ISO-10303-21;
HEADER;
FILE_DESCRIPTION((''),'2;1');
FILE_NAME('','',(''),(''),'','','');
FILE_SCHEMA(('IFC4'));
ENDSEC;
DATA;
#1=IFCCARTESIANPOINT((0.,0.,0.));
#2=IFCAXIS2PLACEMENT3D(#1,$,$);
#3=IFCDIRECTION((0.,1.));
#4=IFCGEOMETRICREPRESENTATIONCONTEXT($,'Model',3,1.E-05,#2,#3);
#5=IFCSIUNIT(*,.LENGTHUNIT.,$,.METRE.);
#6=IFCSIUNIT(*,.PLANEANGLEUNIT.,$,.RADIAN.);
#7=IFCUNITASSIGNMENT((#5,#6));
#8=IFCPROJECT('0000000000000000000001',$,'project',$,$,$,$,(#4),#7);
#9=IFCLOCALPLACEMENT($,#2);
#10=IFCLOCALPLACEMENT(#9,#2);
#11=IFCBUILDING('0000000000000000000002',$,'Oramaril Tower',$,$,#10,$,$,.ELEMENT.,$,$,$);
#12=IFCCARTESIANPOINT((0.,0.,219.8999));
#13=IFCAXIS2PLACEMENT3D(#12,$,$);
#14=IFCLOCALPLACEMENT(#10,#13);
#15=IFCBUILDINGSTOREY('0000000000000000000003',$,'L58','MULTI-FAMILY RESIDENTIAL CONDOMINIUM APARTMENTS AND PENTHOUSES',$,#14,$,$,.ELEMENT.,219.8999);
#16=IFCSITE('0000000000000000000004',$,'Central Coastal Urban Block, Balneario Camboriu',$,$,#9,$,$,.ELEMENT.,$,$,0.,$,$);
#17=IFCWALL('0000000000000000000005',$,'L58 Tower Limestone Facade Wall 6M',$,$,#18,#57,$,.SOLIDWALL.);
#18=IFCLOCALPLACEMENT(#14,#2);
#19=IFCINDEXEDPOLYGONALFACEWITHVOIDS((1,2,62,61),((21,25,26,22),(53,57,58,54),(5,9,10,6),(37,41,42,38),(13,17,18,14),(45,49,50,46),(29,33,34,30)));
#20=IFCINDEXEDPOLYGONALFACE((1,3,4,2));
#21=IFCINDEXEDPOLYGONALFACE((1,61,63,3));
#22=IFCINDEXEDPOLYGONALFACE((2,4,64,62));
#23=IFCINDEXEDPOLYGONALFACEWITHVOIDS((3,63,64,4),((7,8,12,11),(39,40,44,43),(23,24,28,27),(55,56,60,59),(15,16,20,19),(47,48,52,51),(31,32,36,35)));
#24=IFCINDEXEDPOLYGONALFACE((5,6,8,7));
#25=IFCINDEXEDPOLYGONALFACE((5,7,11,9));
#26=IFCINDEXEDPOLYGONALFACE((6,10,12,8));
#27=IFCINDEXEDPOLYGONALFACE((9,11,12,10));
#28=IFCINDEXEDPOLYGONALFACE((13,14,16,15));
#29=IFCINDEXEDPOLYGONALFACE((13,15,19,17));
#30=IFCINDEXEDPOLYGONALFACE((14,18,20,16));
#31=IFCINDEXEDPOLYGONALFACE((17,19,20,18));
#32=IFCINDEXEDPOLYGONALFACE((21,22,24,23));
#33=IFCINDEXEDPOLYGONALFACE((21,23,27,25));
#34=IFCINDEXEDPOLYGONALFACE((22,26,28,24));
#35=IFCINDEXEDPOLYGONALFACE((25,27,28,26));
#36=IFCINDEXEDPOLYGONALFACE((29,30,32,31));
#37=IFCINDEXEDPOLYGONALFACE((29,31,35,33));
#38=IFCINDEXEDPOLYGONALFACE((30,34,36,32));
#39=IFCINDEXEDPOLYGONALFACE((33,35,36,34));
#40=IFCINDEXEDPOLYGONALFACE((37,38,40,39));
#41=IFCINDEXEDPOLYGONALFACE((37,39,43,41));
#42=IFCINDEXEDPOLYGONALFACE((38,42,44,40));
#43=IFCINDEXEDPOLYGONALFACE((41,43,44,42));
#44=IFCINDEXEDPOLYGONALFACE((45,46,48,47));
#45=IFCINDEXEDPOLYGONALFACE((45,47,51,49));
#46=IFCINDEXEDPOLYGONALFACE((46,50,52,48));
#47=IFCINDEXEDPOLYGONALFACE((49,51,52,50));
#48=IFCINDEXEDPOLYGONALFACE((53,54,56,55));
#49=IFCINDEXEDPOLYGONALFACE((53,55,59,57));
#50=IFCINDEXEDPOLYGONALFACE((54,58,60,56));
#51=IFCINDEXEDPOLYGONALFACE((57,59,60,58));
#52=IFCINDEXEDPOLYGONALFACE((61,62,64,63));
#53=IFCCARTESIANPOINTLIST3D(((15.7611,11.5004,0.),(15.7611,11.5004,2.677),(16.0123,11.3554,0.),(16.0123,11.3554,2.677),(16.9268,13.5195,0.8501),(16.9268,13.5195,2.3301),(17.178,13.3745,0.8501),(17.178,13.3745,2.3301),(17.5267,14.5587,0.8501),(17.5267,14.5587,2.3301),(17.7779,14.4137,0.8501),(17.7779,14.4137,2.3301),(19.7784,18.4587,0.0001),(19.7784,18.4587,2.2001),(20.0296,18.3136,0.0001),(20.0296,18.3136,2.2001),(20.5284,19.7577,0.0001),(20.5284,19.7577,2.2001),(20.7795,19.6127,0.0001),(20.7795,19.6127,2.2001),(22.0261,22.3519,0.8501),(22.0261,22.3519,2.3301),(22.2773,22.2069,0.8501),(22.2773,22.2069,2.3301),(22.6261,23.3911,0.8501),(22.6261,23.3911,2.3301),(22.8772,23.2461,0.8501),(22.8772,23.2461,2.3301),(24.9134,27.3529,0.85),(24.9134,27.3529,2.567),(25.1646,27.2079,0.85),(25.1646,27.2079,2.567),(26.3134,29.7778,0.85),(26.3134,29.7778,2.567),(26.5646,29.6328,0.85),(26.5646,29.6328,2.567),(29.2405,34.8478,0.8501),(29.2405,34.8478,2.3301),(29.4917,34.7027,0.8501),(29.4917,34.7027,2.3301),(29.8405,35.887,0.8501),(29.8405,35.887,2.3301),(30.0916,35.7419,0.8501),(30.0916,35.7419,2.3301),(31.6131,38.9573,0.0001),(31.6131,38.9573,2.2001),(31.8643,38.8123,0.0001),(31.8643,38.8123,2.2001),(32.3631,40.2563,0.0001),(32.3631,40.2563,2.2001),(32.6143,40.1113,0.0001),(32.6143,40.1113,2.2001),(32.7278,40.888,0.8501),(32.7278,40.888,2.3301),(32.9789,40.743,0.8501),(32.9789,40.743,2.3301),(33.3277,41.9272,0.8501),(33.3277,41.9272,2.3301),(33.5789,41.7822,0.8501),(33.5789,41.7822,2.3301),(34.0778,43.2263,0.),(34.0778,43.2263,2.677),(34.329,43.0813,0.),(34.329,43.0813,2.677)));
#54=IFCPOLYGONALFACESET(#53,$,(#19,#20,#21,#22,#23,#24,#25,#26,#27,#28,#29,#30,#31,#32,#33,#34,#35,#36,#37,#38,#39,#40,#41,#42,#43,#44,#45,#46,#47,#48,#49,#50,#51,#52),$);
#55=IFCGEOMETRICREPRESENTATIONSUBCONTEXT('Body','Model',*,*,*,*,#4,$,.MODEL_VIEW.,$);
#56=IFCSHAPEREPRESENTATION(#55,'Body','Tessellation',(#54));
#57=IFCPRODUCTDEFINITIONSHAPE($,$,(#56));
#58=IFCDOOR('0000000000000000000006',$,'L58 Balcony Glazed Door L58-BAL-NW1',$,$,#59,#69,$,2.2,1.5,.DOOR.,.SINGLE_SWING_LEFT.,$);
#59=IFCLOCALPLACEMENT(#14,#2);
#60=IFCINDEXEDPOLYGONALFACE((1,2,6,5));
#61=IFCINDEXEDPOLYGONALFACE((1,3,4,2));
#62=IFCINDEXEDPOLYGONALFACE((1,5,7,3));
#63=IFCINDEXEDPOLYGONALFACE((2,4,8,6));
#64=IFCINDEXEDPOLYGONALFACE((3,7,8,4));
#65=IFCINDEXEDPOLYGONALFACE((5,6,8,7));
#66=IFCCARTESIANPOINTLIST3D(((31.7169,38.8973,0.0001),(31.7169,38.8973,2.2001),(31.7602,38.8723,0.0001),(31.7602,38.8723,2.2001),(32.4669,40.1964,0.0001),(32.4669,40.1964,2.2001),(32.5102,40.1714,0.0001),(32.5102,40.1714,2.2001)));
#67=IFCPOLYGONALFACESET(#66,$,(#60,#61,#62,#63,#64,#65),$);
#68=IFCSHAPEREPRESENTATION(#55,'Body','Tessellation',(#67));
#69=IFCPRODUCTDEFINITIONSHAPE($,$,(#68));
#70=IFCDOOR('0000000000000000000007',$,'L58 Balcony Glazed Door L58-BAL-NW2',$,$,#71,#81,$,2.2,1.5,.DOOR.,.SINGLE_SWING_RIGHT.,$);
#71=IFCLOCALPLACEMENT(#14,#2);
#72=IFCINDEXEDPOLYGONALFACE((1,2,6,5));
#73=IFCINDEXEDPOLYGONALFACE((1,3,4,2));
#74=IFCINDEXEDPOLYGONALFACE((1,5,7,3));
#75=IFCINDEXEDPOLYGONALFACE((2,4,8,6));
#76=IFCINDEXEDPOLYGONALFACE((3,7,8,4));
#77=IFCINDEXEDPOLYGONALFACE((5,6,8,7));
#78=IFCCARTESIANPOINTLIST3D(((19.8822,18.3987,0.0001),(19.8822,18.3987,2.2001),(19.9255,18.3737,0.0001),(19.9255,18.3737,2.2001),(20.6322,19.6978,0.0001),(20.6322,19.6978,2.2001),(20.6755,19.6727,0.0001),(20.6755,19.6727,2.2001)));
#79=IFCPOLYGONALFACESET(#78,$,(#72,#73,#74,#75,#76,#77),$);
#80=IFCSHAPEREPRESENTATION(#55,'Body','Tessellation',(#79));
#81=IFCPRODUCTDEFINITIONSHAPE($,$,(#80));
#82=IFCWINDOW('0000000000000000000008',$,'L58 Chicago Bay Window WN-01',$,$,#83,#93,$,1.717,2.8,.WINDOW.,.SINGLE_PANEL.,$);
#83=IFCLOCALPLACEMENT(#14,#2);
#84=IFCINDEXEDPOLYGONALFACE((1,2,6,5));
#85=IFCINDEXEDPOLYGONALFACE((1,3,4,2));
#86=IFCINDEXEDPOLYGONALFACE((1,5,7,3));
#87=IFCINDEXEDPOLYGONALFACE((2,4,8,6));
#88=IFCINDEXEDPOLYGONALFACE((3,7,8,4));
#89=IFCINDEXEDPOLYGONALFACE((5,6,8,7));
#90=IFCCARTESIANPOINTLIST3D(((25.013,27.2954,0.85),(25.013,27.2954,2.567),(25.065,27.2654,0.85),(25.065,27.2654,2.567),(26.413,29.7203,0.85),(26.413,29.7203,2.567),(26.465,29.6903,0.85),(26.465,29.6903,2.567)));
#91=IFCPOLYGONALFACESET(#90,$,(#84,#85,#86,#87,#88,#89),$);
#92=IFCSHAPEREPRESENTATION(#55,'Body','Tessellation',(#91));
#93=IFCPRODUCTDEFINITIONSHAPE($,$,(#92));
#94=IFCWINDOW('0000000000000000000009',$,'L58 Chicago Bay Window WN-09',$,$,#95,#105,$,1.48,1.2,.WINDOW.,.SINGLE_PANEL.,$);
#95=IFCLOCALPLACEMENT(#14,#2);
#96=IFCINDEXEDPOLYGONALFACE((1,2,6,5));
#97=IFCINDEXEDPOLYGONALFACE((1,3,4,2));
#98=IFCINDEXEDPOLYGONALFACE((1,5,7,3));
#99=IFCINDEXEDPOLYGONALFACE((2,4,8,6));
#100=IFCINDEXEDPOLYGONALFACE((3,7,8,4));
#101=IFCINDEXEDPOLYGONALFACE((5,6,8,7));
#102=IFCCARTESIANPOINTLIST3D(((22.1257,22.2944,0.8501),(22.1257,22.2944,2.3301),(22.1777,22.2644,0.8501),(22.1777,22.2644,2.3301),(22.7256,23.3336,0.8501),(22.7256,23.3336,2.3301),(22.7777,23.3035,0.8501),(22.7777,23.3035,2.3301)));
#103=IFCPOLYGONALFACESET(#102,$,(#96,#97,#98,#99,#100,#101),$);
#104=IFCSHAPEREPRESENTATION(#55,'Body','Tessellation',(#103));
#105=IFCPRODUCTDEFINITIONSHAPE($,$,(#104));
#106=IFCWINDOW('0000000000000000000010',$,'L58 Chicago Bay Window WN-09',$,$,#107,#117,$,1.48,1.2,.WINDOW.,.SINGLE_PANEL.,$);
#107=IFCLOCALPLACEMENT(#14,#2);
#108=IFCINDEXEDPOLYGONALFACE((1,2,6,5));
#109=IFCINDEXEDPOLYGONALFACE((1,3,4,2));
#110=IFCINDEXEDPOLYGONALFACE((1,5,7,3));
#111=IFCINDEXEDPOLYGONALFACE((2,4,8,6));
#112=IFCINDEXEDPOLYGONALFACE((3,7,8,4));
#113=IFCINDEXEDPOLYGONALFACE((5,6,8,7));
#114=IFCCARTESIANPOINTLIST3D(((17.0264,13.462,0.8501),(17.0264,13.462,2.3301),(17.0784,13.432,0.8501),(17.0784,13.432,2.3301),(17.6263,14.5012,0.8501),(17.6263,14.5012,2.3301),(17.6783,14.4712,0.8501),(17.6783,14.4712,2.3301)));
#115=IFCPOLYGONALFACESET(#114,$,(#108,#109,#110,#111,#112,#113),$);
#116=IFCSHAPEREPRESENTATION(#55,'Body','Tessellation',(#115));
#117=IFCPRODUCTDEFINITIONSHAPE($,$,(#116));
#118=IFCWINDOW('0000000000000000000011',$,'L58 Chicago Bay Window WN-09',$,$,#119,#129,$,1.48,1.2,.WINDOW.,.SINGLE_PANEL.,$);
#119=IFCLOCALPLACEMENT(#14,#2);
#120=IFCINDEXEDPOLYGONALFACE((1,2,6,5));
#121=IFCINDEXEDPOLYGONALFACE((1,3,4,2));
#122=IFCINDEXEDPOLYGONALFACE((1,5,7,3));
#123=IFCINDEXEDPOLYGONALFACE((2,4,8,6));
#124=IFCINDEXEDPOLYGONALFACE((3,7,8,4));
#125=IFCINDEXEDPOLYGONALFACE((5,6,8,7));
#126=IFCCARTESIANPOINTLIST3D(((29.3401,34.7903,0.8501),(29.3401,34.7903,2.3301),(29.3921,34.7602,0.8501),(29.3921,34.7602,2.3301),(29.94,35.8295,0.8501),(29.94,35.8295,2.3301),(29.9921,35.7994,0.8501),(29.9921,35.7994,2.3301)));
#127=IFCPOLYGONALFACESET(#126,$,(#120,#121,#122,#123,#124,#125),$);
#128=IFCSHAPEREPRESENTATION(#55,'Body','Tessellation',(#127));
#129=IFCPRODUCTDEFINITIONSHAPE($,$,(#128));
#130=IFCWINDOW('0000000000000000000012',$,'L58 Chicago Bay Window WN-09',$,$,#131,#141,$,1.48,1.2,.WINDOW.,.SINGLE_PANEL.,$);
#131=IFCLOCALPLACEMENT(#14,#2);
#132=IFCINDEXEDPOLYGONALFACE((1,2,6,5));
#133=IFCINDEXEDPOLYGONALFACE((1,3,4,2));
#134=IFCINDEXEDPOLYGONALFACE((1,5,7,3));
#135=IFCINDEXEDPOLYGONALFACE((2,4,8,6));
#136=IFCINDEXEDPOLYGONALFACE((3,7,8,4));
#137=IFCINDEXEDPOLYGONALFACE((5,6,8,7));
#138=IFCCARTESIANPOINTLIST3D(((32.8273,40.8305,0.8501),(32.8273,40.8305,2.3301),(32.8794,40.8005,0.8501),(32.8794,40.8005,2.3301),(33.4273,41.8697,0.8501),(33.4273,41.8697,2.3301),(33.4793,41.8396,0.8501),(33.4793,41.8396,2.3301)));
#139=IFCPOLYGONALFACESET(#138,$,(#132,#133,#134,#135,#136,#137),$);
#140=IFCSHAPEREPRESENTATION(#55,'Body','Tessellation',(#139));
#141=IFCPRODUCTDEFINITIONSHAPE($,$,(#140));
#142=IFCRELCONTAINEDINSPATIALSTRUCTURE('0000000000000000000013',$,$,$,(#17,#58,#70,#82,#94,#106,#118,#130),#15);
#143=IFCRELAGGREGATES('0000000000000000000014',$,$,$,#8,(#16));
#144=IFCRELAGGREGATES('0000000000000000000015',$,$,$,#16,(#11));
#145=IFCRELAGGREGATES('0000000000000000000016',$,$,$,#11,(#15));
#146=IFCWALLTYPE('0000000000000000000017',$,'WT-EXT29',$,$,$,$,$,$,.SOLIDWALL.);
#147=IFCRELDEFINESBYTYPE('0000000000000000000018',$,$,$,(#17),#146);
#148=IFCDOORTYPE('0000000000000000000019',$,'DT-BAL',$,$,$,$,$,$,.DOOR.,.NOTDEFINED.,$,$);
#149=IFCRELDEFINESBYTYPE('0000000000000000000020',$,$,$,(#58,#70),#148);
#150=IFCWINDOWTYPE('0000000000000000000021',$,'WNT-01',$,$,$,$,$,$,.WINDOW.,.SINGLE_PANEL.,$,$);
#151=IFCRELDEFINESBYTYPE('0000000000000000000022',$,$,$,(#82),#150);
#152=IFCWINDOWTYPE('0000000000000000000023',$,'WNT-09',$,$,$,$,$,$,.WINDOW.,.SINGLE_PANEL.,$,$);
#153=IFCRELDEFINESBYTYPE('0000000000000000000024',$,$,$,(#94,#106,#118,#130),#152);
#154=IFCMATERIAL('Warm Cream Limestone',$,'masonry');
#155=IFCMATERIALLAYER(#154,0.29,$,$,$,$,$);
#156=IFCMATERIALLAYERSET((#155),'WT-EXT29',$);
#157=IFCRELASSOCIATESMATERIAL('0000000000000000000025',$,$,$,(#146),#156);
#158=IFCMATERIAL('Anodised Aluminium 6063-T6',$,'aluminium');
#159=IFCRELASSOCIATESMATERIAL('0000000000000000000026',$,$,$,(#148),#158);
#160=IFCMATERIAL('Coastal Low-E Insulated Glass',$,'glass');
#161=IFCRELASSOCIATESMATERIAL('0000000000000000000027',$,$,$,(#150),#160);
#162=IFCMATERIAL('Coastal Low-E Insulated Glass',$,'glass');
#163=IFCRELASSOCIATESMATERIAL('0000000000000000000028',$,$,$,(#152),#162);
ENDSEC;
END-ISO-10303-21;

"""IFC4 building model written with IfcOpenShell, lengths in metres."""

from ifc_helpers import new_model, si_unit, direction, frame, frame_2d, origin, place, context, subcontext, project, spatial, rectangle, extrude, material, layer, layer_set, type_object, element, fill, save


model = new_model("IFC4")

# Units and contexts
model_context = context("Model", 3, precision=1e-05, world=origin(), true_north=direction((0.0, 1.0)))
body_context = subcontext(model_context, "Body", "Model", "MODEL_VIEW")
ifc_project = project(units=[si_unit("LENGTHUNIT", "METRE"), si_unit("PLANEANGLEUNIT", "RADIAN")], contexts=[model_context])

# Site, building, storey
site_placement = place(None, origin())
site = spatial("IfcSite", under=ifc_project, at=site_placement, Name="Central Coastal Urban Block, Balneario Camboriu", CompositionType="ELEMENT", RefElevation=0.0)
building_placement = place(site_placement, origin())
building = spatial("IfcBuilding", under=site, at=building_placement, Name="Oramaril Tower", CompositionType="ELEMENT")
storey_placement = place(building_placement, frame((0.0, 0.0, 219.8999)))
storey = spatial("IfcBuildingStorey", under=building, at=storey_placement, Name="L58", Description="MULTI-FAMILY RESIDENTIAL CONDOMINIUM APARTMENTS AND PENTHOUSES", CompositionType="ELEMENT", Elevation=219.8999)

# Shared definitions
ifc_material_1 = material(Name="Warm Cream Limestone", Category="masonry")
ifc_layer_1 = layer(ifc_material_1, 0.29)
ifc_layer_set_1 = layer_set([ifc_layer_1], Name="WT-EXT29")
wall_type_1 = type_object("IfcWallType", Name="WT-EXT29", PredefinedType="SOLIDWALL", material=ifc_layer_set_1)

# Wall, openings, doors, windows
wall_1_placement = place(storey_placement, frame((34.2034, 43.1538, 0.0), z_axis=(0.0, 0.0, 1.0), x_axis=(-0.499995, -0.866029, 0.0)))
wall_1 = element("IfcWall", 1, at=wall_1_placement, inside=storey, type_object=wall_type_1, Name="L58 Tower Limestone Facade Wall 6M", PredefinedType="SOLIDWALL", context=body_context, shape_type="SweptSolid", body=[
    extrude(rectangle(XDim=36.6338, YDim=0.29, at=frame_2d((18.3169, 0.0))), origin(), (0.0, 0.0, 1.0), 2.677),
])
opening_1_placement = place(wall_1_placement, frame((3.4294, 0.0, 0.0)))
opening_1 = element("IfcOpeningElement", 2, at=opening_1_placement, cuts=wall_1, PredefinedType="OPENING", context=body_context, shape_type="SweptSolid", body=[
    extrude(rectangle(XDim=1.5, YDim=2.2, at=frame_2d((0.75, 1.1001))), frame((0.0, 0.145, 0.0), z_axis=(0.0, -1.0, 0.0), x_axis=(1.0, 0.0, 0.0)), (0.0, 0.0, 1.0), 0.29),
])
opening_2_placement = place(wall_1_placement, frame((27.0991, 0.0, 0.0)))
opening_2 = element("IfcOpeningElement", 3, at=opening_2_placement, cuts=wall_1, PredefinedType="OPENING", context=body_context, shape_type="SweptSolid", body=[
    extrude(rectangle(XDim=1.5, YDim=2.2, at=frame_2d((0.75, 1.1001))), frame((0.0, 0.145, 0.0), z_axis=(0.0, -1.0, 0.0), x_axis=(1.0, 0.0, 0.0)), (0.0, 0.0, 1.0), 0.29),
])
opening_3_placement = place(wall_1_placement, frame((22.9036, 0.0, 0.8501)))
opening_3 = element("IfcOpeningElement", 4, at=opening_3_placement, cuts=wall_1, PredefinedType="OPENING", context=body_context, shape_type="SweptSolid", body=[
    extrude(rectangle(XDim=1.2, YDim=1.48, at=frame_2d((0.6001, 0.74))), frame((0.0, 0.145, 0.0), z_axis=(0.0, -1.0, 0.0), x_axis=(1.0, 0.0, 0.0)), (0.0, 0.0, 1.0), 0.29),
])
opening_4_placement = place(wall_1_placement, frame((33.1023, 0.0, 0.8501)))
opening_4 = element("IfcOpeningElement", 5, at=opening_4_placement, cuts=wall_1, PredefinedType="OPENING", context=body_context, shape_type="SweptSolid", body=[
    extrude(rectangle(XDim=1.2, YDim=1.48, at=frame_2d((0.6001, 0.74))), frame((0.0, 0.145, 0.0), z_axis=(0.0, -1.0, 0.0), x_axis=(1.0, 0.0, 0.0)), (0.0, 0.0, 1.0), 0.29),
])
opening_5_placement = place(wall_1_placement, frame((8.4746, 0.0, 0.8501)))
opening_5 = element("IfcOpeningElement", 6, at=opening_5_placement, cuts=wall_1, PredefinedType="OPENING", context=body_context, shape_type="SweptSolid", body=[
    extrude(rectangle(XDim=1.2, YDim=1.48, at=frame_2d((0.6001, 0.74))), frame((0.0, 0.145, 0.0), z_axis=(0.0, -1.0, 0.0), x_axis=(1.0, 0.0, 0.0)), (0.0, 0.0, 1.0), 0.29),
])
opening_6_placement = place(wall_1_placement, frame((15.5291, 0.0, 0.8501)))
opening_6 = element("IfcOpeningElement", 7, at=opening_6_placement, cuts=wall_1, PredefinedType="OPENING", context=body_context, shape_type="SweptSolid", body=[
    extrude(rectangle(XDim=2.8, YDim=1.717, at=frame_2d((1.3999, 0.8584))), frame((0.0, 0.145, 0.0), z_axis=(0.0, -1.0, 0.0), x_axis=(1.0, 0.0, 0.0)), (0.0, 0.0, 1.0), 0.29),
])
opening_7_placement = place(wall_1_placement, frame((1.5, 0.0, 0.8501)))
opening_7 = element("IfcOpeningElement", 8, at=opening_7_placement, cuts=wall_1, PredefinedType="OPENING", context=body_context, shape_type="SweptSolid", body=[
    extrude(rectangle(XDim=1.2, YDim=1.48, at=frame_2d((0.6001, 0.74))), frame((0.0, 0.145, 0.0), z_axis=(0.0, -1.0, 0.0), x_axis=(1.0, 0.0, 0.0)), (0.0, 0.0, 1.0), 0.29),
])
ifc_material_2 = material(Name="Anodised Aluminium 6063-T6", Category="aluminium")
door_type_1 = type_object("IfcDoorType", Name="DT-BAL", OperationType="NOTDEFINED", PredefinedType="DOOR", material=ifc_material_2)
door_1_placement = place(opening_1_placement, origin())
door_1 = element("IfcDoor", 9, at=door_1_placement, inside=storey, type_object=door_type_1, Name="L58 Balcony Glazed Door L58-BAL-NW1", OperationType="SINGLE_SWING_LEFT", OverallHeight=2.2, OverallWidth=1.5, PredefinedType="DOOR", context=body_context, shape_type="SweptSolid", body=[
    extrude(rectangle(XDim=1.5, YDim=2.2, at=frame_2d((0.75, 1.1001))), frame((0.0, 0.0249, 0.0), z_axis=(0.0, -1.0, 0.0), x_axis=(1.0, 0.0, 0.0)), (0.0, 0.0, 1.0), 0.05),
])
fill(opening_1, door_1)
door_2_placement = place(opening_2_placement, origin())
door_2 = element("IfcDoor", 10, at=door_2_placement, inside=storey, type_object=door_type_1, Name="L58 Balcony Glazed Door L58-BAL-NW2", OperationType="SINGLE_SWING_RIGHT", OverallHeight=2.2, OverallWidth=1.5, PredefinedType="DOOR", context=body_context, shape_type="SweptSolid", body=[
    extrude(rectangle(XDim=1.5, YDim=2.2, at=frame_2d((0.75, 1.1001))), frame((0.0, 0.0249, 0.0), z_axis=(0.0, -1.0, 0.0), x_axis=(1.0, 0.0, 0.0)), (0.0, 0.0, 1.0), 0.05),
])
fill(opening_2, door_2)
ifc_material_3 = material(Name="Coastal Low-E Insulated Glass", Category="glass")
window_type_1 = type_object("IfcWindowType", Name="WNT-01", PartitioningType="SINGLE_PANEL", PredefinedType="WINDOW", material=ifc_material_3)
window_1_placement = place(opening_6_placement, origin())
window_1 = element("IfcWindow", 11, at=window_1_placement, inside=storey, type_object=window_type_1, Name="L58 Chicago Bay Window WN-01", OverallHeight=1.717, OverallWidth=2.8, PartitioningType="SINGLE_PANEL", PredefinedType="WINDOW", context=body_context, shape_type="SweptSolid", body=[
    extrude(rectangle(XDim=2.8, YDim=1.717, at=frame_2d((1.3999, 0.8584))), frame((0.0, 0.03, 0.0), z_axis=(0.0, -1.0, 0.0), x_axis=(1.0, 0.0, 0.0)), (0.0, 0.0, 1.0), 0.0601),
])
fill(opening_6, window_1)
ifc_material_4 = material(Name="Coastal Low-E Insulated Glass", Category="glass")
window_type_2 = type_object("IfcWindowType", Name="WNT-09", PartitioningType="SINGLE_PANEL", PredefinedType="WINDOW", material=ifc_material_4)
window_2_placement = place(opening_3_placement, origin())
window_2 = element("IfcWindow", 12, at=window_2_placement, inside=storey, type_object=window_type_2, Name="L58 Chicago Bay Window WN-09", OverallHeight=1.48, OverallWidth=1.2, PartitioningType="SINGLE_PANEL", PredefinedType="WINDOW", context=body_context, shape_type="SweptSolid", body=[
    extrude(rectangle(XDim=1.2, YDim=1.48, at=frame_2d((0.6001, 0.74))), frame((0.0, 0.03, 0.0), z_axis=(0.0, -1.0, 0.0), x_axis=(1.0, 0.0, 0.0)), (0.0, 0.0, 1.0), 0.0601),
])
fill(opening_3, window_2)
window_3_placement = place(opening_4_placement, origin())
window_3 = element("IfcWindow", 13, at=window_3_placement, inside=storey, type_object=window_type_2, Name="L58 Chicago Bay Window WN-09", OverallHeight=1.48, OverallWidth=1.2, PartitioningType="SINGLE_PANEL", PredefinedType="WINDOW", context=body_context, shape_type="SweptSolid", body=[
    extrude(rectangle(XDim=1.2, YDim=1.48, at=frame_2d((0.6001, 0.74))), frame((0.0, 0.03, 0.0), z_axis=(0.0, -1.0, 0.0), x_axis=(1.0, 0.0, 0.0)), (0.0, 0.0, 1.0), 0.0601),
])
fill(opening_4, window_3)
window_4_placement = place(opening_5_placement, origin())
window_4 = element("IfcWindow", 14, at=window_4_placement, inside=storey, type_object=window_type_2, Name="L58 Chicago Bay Window WN-09", OverallHeight=1.48, OverallWidth=1.2, PartitioningType="SINGLE_PANEL", PredefinedType="WINDOW", context=body_context, shape_type="SweptSolid", body=[
    extrude(rectangle(XDim=1.2, YDim=1.48, at=frame_2d((0.6001, 0.74))), frame((0.0, 0.03, 0.0), z_axis=(0.0, -1.0, 0.0), x_axis=(1.0, 0.0, 0.0)), (0.0, 0.0, 1.0), 0.0601),
])
fill(opening_5, window_4)
window_5_placement = place(opening_7_placement, origin())
window_5 = element("IfcWindow", 15, at=window_5_placement, inside=storey, type_object=window_type_2, Name="L58 Chicago Bay Window WN-09", OverallHeight=1.48, OverallWidth=1.2, PartitioningType="SINGLE_PANEL", PredefinedType="WINDOW", context=body_context, shape_type="SweptSolid", body=[
    extrude(rectangle(XDim=1.2, YDim=1.48, at=frame_2d((0.6001, 0.74))), frame((0.0, 0.03, 0.0), z_axis=(0.0, -1.0, 0.0), x_axis=(1.0, 0.0, 0.0)), (0.0, 0.0, 1.0), 0.0601),
])
fill(opening_7, window_5)

save(model, "model.ifc")
